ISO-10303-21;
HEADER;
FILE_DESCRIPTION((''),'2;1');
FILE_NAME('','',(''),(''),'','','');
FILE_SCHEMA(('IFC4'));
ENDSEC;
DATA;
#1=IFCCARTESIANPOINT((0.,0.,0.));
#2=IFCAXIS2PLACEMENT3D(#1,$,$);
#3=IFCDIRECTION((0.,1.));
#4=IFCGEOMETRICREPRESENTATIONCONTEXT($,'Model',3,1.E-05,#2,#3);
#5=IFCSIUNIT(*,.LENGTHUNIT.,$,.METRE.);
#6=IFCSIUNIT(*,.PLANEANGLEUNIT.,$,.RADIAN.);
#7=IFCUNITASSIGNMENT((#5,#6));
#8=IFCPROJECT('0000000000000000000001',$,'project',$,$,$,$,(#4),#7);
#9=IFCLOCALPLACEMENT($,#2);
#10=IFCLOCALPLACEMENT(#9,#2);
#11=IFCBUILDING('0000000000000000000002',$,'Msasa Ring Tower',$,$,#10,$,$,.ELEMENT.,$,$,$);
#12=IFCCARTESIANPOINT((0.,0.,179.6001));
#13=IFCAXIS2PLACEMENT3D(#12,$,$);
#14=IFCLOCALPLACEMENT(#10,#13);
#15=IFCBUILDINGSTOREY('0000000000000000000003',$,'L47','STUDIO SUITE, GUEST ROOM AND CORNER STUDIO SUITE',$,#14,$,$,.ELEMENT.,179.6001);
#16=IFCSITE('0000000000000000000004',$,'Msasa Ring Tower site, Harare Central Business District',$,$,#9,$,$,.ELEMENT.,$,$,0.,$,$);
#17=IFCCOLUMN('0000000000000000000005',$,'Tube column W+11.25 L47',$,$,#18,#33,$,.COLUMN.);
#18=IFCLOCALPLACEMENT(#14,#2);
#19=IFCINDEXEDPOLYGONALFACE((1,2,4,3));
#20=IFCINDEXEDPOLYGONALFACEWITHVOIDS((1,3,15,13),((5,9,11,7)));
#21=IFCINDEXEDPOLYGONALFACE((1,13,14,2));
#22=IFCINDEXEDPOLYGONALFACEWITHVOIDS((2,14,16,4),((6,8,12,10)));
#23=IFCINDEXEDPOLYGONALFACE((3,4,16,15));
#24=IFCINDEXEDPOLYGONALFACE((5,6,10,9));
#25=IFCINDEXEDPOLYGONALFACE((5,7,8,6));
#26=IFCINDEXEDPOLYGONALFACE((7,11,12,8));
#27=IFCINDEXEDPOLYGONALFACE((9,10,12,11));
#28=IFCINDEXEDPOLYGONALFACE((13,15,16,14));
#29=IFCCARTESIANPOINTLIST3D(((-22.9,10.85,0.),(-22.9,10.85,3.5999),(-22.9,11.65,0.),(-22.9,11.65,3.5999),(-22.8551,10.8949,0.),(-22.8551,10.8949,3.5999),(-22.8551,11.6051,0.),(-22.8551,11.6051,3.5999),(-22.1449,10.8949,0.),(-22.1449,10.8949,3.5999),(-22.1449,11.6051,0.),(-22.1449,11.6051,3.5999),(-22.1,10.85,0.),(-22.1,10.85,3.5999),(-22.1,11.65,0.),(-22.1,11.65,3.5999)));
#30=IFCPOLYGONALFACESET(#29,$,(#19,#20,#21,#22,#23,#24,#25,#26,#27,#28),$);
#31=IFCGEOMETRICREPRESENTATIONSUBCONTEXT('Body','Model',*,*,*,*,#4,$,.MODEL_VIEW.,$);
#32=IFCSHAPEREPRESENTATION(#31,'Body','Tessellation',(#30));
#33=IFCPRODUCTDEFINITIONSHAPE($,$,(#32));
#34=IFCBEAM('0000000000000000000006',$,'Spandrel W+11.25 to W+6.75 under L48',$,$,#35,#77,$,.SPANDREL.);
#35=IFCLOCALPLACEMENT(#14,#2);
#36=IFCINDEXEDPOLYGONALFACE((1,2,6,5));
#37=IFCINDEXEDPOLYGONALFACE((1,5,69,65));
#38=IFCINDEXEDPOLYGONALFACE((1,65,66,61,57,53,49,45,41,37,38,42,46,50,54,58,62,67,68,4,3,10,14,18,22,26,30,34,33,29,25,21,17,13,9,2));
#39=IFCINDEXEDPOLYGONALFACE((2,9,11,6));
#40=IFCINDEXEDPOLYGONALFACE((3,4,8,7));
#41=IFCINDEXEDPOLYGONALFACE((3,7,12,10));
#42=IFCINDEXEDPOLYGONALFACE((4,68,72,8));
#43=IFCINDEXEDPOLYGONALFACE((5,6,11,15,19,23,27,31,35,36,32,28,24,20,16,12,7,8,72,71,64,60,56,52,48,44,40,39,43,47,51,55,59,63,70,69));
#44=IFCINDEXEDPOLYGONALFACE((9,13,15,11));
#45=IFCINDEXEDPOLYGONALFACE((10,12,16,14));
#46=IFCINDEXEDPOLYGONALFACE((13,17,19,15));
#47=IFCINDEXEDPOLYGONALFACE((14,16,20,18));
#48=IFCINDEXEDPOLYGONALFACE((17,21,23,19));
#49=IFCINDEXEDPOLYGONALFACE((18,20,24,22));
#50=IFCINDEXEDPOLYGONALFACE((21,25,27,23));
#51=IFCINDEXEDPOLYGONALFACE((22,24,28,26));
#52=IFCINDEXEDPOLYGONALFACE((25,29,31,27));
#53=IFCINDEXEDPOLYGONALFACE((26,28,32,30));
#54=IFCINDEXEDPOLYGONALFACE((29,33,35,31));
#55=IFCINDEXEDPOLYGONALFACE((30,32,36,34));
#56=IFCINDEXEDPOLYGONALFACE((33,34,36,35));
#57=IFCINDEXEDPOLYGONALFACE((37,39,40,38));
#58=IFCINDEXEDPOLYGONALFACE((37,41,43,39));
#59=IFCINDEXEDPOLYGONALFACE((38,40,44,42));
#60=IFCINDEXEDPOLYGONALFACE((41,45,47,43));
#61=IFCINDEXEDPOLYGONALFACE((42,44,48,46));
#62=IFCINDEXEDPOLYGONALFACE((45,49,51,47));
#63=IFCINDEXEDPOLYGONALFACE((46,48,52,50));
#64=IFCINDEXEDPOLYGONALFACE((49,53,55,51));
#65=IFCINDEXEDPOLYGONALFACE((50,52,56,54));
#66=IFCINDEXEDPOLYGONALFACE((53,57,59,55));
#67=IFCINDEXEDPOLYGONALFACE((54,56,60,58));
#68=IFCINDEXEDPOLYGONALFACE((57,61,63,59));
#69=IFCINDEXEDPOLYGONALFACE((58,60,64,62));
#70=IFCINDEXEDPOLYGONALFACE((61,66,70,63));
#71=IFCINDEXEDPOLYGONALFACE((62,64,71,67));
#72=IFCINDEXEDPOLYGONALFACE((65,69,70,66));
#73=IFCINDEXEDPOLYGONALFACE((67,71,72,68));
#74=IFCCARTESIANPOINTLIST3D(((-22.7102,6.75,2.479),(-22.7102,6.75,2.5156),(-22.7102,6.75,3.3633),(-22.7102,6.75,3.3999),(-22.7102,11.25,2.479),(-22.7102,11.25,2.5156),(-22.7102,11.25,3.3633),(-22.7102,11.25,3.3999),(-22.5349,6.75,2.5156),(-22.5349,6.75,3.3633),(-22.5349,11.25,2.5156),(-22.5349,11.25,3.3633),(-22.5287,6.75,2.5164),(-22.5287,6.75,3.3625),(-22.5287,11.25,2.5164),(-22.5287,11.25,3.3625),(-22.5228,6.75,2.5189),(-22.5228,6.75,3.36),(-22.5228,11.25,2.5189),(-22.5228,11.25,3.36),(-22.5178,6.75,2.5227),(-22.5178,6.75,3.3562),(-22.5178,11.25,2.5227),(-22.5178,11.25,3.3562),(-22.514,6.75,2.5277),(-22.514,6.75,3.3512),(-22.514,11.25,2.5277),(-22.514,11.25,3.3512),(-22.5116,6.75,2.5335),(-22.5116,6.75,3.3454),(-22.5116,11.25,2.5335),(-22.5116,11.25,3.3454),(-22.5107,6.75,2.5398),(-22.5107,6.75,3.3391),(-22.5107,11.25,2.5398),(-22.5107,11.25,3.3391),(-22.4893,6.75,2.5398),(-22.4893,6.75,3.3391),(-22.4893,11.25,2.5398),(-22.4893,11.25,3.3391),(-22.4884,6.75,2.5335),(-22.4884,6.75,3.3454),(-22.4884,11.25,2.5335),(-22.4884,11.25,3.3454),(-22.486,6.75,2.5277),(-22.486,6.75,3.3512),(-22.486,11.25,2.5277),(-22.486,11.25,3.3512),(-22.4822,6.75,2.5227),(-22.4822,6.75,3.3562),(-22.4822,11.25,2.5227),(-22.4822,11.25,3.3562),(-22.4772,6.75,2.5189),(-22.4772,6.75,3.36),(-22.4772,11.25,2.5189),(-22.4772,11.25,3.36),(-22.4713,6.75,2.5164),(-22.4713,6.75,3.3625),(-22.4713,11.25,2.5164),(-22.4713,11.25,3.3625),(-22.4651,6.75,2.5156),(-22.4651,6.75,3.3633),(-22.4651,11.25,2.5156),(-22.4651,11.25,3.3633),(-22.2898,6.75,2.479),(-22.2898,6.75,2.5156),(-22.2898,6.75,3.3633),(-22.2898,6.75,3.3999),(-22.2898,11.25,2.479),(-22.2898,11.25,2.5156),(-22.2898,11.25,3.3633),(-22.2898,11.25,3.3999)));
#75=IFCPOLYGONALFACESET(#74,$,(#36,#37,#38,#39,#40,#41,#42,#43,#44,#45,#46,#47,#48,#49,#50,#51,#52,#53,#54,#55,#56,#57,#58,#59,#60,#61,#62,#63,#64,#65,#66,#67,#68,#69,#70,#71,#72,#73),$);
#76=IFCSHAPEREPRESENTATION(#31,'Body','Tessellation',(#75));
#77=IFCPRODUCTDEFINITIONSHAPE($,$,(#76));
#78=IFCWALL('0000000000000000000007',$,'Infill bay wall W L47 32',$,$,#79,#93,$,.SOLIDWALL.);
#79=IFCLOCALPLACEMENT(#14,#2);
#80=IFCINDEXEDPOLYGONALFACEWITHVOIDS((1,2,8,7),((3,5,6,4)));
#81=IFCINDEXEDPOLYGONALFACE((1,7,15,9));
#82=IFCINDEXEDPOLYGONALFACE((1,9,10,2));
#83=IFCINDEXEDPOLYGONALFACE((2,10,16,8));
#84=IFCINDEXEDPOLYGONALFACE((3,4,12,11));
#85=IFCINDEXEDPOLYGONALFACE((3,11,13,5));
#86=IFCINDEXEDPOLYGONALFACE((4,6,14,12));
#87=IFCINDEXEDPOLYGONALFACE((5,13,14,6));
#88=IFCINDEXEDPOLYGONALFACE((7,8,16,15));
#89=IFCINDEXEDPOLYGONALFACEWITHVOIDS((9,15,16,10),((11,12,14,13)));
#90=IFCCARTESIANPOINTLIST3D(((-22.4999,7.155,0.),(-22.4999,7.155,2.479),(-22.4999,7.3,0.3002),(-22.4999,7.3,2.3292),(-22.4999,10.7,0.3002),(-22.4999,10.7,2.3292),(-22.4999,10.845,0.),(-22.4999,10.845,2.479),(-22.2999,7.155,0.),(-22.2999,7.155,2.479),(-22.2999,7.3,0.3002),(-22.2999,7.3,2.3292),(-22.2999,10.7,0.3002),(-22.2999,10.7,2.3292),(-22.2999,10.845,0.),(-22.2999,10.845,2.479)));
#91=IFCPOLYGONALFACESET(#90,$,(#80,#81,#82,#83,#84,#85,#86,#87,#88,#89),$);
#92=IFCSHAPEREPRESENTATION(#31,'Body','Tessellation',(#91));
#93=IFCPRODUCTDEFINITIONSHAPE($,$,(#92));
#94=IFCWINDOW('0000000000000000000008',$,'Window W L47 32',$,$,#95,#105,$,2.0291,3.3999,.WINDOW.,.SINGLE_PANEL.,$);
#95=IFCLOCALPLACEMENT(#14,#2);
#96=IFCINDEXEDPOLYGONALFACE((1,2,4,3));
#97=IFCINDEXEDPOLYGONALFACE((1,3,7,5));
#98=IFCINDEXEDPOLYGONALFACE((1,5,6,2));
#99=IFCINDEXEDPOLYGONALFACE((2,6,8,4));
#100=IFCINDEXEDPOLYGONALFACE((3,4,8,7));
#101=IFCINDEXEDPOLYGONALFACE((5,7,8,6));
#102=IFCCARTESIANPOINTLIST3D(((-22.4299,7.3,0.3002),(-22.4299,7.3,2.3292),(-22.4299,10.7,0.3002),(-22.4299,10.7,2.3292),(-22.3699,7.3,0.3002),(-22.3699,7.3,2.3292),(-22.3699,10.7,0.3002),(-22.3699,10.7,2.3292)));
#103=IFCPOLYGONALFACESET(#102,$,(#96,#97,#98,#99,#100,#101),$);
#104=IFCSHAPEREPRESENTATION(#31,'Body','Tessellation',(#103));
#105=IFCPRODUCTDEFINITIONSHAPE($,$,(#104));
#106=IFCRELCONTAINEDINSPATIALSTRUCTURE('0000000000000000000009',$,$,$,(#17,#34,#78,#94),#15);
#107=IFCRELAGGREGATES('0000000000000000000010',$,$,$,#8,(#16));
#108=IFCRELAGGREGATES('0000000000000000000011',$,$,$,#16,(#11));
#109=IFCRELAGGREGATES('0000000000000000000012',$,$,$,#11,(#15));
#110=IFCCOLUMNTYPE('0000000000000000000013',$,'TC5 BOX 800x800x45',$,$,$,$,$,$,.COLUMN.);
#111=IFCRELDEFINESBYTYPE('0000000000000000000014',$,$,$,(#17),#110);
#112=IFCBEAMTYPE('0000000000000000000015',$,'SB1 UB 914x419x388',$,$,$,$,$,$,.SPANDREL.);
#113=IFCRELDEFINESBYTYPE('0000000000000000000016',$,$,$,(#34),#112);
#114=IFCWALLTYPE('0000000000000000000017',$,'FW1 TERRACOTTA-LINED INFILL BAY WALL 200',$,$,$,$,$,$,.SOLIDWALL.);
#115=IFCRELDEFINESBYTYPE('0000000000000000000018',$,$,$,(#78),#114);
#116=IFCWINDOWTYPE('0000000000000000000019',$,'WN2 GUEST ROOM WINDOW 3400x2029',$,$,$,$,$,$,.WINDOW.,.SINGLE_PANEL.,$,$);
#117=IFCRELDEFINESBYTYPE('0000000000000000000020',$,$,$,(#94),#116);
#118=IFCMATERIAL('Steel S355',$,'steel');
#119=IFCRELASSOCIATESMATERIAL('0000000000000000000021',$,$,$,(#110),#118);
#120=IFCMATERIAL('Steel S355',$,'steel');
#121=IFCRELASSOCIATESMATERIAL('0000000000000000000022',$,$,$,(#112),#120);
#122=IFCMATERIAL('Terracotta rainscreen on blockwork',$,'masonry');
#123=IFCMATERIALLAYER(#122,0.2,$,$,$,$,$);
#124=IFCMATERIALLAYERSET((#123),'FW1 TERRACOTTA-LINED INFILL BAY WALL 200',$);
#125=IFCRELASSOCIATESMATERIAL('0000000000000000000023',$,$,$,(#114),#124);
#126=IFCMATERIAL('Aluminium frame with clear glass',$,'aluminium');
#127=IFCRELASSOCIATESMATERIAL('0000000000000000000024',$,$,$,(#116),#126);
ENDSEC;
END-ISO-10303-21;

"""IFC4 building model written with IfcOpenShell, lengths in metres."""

from ifc_helpers import new_model, si_unit, direction, frame, frame_2d, origin, origin_2d, place, context, subcontext, project, spatial, rectangle, hollow_rectangle, i_section, extrude, material, layer, layer_set, material_profile, profile_set, type_object, element, fill, save


model = new_model("IFC4")

# Units and contexts
model_context = context("Model", 3, precision=1e-05, world=origin(), true_north=direction((0.0, 1.0)))
body_context = subcontext(model_context, "Body", "Model", "MODEL_VIEW")
ifc_project = project(units=[si_unit("LENGTHUNIT", "METRE"), si_unit("PLANEANGLEUNIT", "RADIAN")], contexts=[model_context])

# Site, building, storey
site_placement = place(None, origin())
site = spatial("IfcSite", under=ifc_project, at=site_placement, Name="Msasa Ring Tower site, Harare Central Business District", CompositionType="ELEMENT", RefElevation=0.0)
building_placement = place(site_placement, origin())
building = spatial("IfcBuilding", under=site, at=building_placement, Name="Msasa Ring Tower", CompositionType="ELEMENT")
storey_placement = place(building_placement, frame((0.0, 0.0, 179.6001)))
storey = spatial("IfcBuildingStorey", under=building, at=storey_placement, Name="L47", Description="STUDIO SUITE, GUEST ROOM AND CORNER STUDIO SUITE", CompositionType="ELEMENT", Elevation=179.6001)

# Column
ifc_material_1 = material(Name="Steel S355", Category="steel")
ifc_material_profile_1 = material_profile(ifc_material_1, hollow_rectangle(XDim=0.8, YDim=0.8, WallThickness=0.0449, at=origin_2d()), Name="BOX 800x800x45")
ifc_profile_set_1 = profile_set([ifc_material_profile_1], Name="Steel S355")
column_type = type_object("IfcColumnType", Name="TC5 BOX 800x800x45", PredefinedType="COLUMN", material=ifc_profile_set_1)
column_placement = place(storey_placement, frame((-22.5, 11.25, 0.0), z_axis=(0.0, 0.0, 1.0), x_axis=(1.0, 0.0, 0.0)))
element("IfcColumn", 1, at=column_placement, inside=storey, type_object=column_type, Name="Tube column W+11.25 L47", PredefinedType="COLUMN", context=body_context, shape_type="SweptSolid", body=[
    extrude(hollow_rectangle(XDim=0.8, YDim=0.8, WallThickness=0.0449, at=origin_2d()), origin(), (0.0, 0.0, 1.0), 3.5999),
])

# Beam
ifc_material_2 = material(Name="Steel S355", Category="steel")
ifc_material_profile_2 = material_profile(ifc_material_2, i_section(OverallWidth=0.4204, OverallDepth=0.9209, WebThickness=0.0215, FlangeThickness=0.0366, FilletRadius=0.0242, at=origin_2d()), Name="UB 914x419x388")
ifc_profile_set_2 = profile_set([ifc_material_profile_2], Name="Steel S355")
beam_type = type_object("IfcBeamType", Name="SB1 UB 914x419x388", PredefinedType="SPANDREL", material=ifc_profile_set_2)
beam_placement = place(storey_placement, frame((-22.5, 11.25, 2.9395), z_axis=(0.0, -1.0, 0.0), x_axis=(1.0, 0.0, 0.0)))
element("IfcBeam", 2, at=beam_placement, inside=storey, type_object=beam_type, Name="Spandrel W+11.25 to W+6.75 under L48", PredefinedType="SPANDREL", context=body_context, shape_type="SweptSolid", body=[
    extrude(i_section(OverallWidth=0.4204, OverallDepth=0.9209, WebThickness=0.0215, FlangeThickness=0.0366, FilletRadius=0.0242, at=origin_2d()), origin(), (0.0, 0.0, 1.0), 4.5),
])

# Wall, opening, window
ifc_material_3 = material(Name="Terracotta rainscreen on blockwork", Category="masonry")
ifc_layer_1 = layer(ifc_material_3, 0.2)
ifc_layer_set_1 = layer_set([ifc_layer_1], Name="FW1 TERRACOTTA-LINED INFILL BAY WALL 200")
wall_type_1 = type_object("IfcWallType", Name="FW1 TERRACOTTA-LINED INFILL BAY WALL 200", PredefinedType="SOLIDWALL", material=ifc_layer_set_1)
wall_1_placement = place(storey_placement, frame((-22.3999, 7.155, 0.0), z_axis=(0.0, 0.0, 1.0), x_axis=(0.0, 1.0, 0.0)))
wall_1 = element("IfcWall", 3, at=wall_1_placement, inside=storey, type_object=wall_type_1, Name="Infill bay wall W L47 32", PredefinedType="SOLIDWALL", context=body_context, shape_type="SweptSolid", body=[
    extrude(rectangle(XDim=3.6899, YDim=0.2, at=frame_2d((1.845, 0.0))), origin(), (0.0, 0.0, 1.0), 2.479),
])
opening_1_placement = place(wall_1_placement, frame((0.145, 0.0, 0.3)))
opening_1 = element("IfcOpeningElement", 4, at=opening_1_placement, cuts=wall_1, PredefinedType="OPENING", context=body_context, shape_type="SweptSolid", body=[
    extrude(rectangle(XDim=3.3999, YDim=2.0291, at=frame_2d((1.7, 1.0146))), frame((0.0, 0.1099, 0.0), z_axis=(0.0, -1.0, 0.0), x_axis=(1.0, 0.0, 0.0)), (0.0, 0.0, 1.0), 0.22),
])
ifc_material_4 = material(Name="Aluminium frame with clear glass", Category="aluminium")
window_type = type_object("IfcWindowType", Name="WN2 GUEST ROOM WINDOW 3400x2029", PartitioningType="SINGLE_PANEL", PredefinedType="WINDOW", material=ifc_material_4)
window_placement = place(opening_1_placement, origin())
window = element("IfcWindow", 5, at=window_placement, inside=storey, type_object=window_type, Name="Window W L47 32", OverallHeight=2.0291, OverallWidth=3.3999, PartitioningType="SINGLE_PANEL", PredefinedType="WINDOW", context=body_context, shape_type="SweptSolid", body=[
    extrude(rectangle(XDim=3.3999, YDim=2.0291, at=frame_2d((1.7, 1.0146))), frame((0.0, 0.03, 0.0), z_axis=(0.0, -1.0, 0.0), x_axis=(1.0, 0.0, 0.0)), (0.0, 0.0, 1.0), 0.0601),
])
fill(opening_1, window)

save(model, "model.ifc")
